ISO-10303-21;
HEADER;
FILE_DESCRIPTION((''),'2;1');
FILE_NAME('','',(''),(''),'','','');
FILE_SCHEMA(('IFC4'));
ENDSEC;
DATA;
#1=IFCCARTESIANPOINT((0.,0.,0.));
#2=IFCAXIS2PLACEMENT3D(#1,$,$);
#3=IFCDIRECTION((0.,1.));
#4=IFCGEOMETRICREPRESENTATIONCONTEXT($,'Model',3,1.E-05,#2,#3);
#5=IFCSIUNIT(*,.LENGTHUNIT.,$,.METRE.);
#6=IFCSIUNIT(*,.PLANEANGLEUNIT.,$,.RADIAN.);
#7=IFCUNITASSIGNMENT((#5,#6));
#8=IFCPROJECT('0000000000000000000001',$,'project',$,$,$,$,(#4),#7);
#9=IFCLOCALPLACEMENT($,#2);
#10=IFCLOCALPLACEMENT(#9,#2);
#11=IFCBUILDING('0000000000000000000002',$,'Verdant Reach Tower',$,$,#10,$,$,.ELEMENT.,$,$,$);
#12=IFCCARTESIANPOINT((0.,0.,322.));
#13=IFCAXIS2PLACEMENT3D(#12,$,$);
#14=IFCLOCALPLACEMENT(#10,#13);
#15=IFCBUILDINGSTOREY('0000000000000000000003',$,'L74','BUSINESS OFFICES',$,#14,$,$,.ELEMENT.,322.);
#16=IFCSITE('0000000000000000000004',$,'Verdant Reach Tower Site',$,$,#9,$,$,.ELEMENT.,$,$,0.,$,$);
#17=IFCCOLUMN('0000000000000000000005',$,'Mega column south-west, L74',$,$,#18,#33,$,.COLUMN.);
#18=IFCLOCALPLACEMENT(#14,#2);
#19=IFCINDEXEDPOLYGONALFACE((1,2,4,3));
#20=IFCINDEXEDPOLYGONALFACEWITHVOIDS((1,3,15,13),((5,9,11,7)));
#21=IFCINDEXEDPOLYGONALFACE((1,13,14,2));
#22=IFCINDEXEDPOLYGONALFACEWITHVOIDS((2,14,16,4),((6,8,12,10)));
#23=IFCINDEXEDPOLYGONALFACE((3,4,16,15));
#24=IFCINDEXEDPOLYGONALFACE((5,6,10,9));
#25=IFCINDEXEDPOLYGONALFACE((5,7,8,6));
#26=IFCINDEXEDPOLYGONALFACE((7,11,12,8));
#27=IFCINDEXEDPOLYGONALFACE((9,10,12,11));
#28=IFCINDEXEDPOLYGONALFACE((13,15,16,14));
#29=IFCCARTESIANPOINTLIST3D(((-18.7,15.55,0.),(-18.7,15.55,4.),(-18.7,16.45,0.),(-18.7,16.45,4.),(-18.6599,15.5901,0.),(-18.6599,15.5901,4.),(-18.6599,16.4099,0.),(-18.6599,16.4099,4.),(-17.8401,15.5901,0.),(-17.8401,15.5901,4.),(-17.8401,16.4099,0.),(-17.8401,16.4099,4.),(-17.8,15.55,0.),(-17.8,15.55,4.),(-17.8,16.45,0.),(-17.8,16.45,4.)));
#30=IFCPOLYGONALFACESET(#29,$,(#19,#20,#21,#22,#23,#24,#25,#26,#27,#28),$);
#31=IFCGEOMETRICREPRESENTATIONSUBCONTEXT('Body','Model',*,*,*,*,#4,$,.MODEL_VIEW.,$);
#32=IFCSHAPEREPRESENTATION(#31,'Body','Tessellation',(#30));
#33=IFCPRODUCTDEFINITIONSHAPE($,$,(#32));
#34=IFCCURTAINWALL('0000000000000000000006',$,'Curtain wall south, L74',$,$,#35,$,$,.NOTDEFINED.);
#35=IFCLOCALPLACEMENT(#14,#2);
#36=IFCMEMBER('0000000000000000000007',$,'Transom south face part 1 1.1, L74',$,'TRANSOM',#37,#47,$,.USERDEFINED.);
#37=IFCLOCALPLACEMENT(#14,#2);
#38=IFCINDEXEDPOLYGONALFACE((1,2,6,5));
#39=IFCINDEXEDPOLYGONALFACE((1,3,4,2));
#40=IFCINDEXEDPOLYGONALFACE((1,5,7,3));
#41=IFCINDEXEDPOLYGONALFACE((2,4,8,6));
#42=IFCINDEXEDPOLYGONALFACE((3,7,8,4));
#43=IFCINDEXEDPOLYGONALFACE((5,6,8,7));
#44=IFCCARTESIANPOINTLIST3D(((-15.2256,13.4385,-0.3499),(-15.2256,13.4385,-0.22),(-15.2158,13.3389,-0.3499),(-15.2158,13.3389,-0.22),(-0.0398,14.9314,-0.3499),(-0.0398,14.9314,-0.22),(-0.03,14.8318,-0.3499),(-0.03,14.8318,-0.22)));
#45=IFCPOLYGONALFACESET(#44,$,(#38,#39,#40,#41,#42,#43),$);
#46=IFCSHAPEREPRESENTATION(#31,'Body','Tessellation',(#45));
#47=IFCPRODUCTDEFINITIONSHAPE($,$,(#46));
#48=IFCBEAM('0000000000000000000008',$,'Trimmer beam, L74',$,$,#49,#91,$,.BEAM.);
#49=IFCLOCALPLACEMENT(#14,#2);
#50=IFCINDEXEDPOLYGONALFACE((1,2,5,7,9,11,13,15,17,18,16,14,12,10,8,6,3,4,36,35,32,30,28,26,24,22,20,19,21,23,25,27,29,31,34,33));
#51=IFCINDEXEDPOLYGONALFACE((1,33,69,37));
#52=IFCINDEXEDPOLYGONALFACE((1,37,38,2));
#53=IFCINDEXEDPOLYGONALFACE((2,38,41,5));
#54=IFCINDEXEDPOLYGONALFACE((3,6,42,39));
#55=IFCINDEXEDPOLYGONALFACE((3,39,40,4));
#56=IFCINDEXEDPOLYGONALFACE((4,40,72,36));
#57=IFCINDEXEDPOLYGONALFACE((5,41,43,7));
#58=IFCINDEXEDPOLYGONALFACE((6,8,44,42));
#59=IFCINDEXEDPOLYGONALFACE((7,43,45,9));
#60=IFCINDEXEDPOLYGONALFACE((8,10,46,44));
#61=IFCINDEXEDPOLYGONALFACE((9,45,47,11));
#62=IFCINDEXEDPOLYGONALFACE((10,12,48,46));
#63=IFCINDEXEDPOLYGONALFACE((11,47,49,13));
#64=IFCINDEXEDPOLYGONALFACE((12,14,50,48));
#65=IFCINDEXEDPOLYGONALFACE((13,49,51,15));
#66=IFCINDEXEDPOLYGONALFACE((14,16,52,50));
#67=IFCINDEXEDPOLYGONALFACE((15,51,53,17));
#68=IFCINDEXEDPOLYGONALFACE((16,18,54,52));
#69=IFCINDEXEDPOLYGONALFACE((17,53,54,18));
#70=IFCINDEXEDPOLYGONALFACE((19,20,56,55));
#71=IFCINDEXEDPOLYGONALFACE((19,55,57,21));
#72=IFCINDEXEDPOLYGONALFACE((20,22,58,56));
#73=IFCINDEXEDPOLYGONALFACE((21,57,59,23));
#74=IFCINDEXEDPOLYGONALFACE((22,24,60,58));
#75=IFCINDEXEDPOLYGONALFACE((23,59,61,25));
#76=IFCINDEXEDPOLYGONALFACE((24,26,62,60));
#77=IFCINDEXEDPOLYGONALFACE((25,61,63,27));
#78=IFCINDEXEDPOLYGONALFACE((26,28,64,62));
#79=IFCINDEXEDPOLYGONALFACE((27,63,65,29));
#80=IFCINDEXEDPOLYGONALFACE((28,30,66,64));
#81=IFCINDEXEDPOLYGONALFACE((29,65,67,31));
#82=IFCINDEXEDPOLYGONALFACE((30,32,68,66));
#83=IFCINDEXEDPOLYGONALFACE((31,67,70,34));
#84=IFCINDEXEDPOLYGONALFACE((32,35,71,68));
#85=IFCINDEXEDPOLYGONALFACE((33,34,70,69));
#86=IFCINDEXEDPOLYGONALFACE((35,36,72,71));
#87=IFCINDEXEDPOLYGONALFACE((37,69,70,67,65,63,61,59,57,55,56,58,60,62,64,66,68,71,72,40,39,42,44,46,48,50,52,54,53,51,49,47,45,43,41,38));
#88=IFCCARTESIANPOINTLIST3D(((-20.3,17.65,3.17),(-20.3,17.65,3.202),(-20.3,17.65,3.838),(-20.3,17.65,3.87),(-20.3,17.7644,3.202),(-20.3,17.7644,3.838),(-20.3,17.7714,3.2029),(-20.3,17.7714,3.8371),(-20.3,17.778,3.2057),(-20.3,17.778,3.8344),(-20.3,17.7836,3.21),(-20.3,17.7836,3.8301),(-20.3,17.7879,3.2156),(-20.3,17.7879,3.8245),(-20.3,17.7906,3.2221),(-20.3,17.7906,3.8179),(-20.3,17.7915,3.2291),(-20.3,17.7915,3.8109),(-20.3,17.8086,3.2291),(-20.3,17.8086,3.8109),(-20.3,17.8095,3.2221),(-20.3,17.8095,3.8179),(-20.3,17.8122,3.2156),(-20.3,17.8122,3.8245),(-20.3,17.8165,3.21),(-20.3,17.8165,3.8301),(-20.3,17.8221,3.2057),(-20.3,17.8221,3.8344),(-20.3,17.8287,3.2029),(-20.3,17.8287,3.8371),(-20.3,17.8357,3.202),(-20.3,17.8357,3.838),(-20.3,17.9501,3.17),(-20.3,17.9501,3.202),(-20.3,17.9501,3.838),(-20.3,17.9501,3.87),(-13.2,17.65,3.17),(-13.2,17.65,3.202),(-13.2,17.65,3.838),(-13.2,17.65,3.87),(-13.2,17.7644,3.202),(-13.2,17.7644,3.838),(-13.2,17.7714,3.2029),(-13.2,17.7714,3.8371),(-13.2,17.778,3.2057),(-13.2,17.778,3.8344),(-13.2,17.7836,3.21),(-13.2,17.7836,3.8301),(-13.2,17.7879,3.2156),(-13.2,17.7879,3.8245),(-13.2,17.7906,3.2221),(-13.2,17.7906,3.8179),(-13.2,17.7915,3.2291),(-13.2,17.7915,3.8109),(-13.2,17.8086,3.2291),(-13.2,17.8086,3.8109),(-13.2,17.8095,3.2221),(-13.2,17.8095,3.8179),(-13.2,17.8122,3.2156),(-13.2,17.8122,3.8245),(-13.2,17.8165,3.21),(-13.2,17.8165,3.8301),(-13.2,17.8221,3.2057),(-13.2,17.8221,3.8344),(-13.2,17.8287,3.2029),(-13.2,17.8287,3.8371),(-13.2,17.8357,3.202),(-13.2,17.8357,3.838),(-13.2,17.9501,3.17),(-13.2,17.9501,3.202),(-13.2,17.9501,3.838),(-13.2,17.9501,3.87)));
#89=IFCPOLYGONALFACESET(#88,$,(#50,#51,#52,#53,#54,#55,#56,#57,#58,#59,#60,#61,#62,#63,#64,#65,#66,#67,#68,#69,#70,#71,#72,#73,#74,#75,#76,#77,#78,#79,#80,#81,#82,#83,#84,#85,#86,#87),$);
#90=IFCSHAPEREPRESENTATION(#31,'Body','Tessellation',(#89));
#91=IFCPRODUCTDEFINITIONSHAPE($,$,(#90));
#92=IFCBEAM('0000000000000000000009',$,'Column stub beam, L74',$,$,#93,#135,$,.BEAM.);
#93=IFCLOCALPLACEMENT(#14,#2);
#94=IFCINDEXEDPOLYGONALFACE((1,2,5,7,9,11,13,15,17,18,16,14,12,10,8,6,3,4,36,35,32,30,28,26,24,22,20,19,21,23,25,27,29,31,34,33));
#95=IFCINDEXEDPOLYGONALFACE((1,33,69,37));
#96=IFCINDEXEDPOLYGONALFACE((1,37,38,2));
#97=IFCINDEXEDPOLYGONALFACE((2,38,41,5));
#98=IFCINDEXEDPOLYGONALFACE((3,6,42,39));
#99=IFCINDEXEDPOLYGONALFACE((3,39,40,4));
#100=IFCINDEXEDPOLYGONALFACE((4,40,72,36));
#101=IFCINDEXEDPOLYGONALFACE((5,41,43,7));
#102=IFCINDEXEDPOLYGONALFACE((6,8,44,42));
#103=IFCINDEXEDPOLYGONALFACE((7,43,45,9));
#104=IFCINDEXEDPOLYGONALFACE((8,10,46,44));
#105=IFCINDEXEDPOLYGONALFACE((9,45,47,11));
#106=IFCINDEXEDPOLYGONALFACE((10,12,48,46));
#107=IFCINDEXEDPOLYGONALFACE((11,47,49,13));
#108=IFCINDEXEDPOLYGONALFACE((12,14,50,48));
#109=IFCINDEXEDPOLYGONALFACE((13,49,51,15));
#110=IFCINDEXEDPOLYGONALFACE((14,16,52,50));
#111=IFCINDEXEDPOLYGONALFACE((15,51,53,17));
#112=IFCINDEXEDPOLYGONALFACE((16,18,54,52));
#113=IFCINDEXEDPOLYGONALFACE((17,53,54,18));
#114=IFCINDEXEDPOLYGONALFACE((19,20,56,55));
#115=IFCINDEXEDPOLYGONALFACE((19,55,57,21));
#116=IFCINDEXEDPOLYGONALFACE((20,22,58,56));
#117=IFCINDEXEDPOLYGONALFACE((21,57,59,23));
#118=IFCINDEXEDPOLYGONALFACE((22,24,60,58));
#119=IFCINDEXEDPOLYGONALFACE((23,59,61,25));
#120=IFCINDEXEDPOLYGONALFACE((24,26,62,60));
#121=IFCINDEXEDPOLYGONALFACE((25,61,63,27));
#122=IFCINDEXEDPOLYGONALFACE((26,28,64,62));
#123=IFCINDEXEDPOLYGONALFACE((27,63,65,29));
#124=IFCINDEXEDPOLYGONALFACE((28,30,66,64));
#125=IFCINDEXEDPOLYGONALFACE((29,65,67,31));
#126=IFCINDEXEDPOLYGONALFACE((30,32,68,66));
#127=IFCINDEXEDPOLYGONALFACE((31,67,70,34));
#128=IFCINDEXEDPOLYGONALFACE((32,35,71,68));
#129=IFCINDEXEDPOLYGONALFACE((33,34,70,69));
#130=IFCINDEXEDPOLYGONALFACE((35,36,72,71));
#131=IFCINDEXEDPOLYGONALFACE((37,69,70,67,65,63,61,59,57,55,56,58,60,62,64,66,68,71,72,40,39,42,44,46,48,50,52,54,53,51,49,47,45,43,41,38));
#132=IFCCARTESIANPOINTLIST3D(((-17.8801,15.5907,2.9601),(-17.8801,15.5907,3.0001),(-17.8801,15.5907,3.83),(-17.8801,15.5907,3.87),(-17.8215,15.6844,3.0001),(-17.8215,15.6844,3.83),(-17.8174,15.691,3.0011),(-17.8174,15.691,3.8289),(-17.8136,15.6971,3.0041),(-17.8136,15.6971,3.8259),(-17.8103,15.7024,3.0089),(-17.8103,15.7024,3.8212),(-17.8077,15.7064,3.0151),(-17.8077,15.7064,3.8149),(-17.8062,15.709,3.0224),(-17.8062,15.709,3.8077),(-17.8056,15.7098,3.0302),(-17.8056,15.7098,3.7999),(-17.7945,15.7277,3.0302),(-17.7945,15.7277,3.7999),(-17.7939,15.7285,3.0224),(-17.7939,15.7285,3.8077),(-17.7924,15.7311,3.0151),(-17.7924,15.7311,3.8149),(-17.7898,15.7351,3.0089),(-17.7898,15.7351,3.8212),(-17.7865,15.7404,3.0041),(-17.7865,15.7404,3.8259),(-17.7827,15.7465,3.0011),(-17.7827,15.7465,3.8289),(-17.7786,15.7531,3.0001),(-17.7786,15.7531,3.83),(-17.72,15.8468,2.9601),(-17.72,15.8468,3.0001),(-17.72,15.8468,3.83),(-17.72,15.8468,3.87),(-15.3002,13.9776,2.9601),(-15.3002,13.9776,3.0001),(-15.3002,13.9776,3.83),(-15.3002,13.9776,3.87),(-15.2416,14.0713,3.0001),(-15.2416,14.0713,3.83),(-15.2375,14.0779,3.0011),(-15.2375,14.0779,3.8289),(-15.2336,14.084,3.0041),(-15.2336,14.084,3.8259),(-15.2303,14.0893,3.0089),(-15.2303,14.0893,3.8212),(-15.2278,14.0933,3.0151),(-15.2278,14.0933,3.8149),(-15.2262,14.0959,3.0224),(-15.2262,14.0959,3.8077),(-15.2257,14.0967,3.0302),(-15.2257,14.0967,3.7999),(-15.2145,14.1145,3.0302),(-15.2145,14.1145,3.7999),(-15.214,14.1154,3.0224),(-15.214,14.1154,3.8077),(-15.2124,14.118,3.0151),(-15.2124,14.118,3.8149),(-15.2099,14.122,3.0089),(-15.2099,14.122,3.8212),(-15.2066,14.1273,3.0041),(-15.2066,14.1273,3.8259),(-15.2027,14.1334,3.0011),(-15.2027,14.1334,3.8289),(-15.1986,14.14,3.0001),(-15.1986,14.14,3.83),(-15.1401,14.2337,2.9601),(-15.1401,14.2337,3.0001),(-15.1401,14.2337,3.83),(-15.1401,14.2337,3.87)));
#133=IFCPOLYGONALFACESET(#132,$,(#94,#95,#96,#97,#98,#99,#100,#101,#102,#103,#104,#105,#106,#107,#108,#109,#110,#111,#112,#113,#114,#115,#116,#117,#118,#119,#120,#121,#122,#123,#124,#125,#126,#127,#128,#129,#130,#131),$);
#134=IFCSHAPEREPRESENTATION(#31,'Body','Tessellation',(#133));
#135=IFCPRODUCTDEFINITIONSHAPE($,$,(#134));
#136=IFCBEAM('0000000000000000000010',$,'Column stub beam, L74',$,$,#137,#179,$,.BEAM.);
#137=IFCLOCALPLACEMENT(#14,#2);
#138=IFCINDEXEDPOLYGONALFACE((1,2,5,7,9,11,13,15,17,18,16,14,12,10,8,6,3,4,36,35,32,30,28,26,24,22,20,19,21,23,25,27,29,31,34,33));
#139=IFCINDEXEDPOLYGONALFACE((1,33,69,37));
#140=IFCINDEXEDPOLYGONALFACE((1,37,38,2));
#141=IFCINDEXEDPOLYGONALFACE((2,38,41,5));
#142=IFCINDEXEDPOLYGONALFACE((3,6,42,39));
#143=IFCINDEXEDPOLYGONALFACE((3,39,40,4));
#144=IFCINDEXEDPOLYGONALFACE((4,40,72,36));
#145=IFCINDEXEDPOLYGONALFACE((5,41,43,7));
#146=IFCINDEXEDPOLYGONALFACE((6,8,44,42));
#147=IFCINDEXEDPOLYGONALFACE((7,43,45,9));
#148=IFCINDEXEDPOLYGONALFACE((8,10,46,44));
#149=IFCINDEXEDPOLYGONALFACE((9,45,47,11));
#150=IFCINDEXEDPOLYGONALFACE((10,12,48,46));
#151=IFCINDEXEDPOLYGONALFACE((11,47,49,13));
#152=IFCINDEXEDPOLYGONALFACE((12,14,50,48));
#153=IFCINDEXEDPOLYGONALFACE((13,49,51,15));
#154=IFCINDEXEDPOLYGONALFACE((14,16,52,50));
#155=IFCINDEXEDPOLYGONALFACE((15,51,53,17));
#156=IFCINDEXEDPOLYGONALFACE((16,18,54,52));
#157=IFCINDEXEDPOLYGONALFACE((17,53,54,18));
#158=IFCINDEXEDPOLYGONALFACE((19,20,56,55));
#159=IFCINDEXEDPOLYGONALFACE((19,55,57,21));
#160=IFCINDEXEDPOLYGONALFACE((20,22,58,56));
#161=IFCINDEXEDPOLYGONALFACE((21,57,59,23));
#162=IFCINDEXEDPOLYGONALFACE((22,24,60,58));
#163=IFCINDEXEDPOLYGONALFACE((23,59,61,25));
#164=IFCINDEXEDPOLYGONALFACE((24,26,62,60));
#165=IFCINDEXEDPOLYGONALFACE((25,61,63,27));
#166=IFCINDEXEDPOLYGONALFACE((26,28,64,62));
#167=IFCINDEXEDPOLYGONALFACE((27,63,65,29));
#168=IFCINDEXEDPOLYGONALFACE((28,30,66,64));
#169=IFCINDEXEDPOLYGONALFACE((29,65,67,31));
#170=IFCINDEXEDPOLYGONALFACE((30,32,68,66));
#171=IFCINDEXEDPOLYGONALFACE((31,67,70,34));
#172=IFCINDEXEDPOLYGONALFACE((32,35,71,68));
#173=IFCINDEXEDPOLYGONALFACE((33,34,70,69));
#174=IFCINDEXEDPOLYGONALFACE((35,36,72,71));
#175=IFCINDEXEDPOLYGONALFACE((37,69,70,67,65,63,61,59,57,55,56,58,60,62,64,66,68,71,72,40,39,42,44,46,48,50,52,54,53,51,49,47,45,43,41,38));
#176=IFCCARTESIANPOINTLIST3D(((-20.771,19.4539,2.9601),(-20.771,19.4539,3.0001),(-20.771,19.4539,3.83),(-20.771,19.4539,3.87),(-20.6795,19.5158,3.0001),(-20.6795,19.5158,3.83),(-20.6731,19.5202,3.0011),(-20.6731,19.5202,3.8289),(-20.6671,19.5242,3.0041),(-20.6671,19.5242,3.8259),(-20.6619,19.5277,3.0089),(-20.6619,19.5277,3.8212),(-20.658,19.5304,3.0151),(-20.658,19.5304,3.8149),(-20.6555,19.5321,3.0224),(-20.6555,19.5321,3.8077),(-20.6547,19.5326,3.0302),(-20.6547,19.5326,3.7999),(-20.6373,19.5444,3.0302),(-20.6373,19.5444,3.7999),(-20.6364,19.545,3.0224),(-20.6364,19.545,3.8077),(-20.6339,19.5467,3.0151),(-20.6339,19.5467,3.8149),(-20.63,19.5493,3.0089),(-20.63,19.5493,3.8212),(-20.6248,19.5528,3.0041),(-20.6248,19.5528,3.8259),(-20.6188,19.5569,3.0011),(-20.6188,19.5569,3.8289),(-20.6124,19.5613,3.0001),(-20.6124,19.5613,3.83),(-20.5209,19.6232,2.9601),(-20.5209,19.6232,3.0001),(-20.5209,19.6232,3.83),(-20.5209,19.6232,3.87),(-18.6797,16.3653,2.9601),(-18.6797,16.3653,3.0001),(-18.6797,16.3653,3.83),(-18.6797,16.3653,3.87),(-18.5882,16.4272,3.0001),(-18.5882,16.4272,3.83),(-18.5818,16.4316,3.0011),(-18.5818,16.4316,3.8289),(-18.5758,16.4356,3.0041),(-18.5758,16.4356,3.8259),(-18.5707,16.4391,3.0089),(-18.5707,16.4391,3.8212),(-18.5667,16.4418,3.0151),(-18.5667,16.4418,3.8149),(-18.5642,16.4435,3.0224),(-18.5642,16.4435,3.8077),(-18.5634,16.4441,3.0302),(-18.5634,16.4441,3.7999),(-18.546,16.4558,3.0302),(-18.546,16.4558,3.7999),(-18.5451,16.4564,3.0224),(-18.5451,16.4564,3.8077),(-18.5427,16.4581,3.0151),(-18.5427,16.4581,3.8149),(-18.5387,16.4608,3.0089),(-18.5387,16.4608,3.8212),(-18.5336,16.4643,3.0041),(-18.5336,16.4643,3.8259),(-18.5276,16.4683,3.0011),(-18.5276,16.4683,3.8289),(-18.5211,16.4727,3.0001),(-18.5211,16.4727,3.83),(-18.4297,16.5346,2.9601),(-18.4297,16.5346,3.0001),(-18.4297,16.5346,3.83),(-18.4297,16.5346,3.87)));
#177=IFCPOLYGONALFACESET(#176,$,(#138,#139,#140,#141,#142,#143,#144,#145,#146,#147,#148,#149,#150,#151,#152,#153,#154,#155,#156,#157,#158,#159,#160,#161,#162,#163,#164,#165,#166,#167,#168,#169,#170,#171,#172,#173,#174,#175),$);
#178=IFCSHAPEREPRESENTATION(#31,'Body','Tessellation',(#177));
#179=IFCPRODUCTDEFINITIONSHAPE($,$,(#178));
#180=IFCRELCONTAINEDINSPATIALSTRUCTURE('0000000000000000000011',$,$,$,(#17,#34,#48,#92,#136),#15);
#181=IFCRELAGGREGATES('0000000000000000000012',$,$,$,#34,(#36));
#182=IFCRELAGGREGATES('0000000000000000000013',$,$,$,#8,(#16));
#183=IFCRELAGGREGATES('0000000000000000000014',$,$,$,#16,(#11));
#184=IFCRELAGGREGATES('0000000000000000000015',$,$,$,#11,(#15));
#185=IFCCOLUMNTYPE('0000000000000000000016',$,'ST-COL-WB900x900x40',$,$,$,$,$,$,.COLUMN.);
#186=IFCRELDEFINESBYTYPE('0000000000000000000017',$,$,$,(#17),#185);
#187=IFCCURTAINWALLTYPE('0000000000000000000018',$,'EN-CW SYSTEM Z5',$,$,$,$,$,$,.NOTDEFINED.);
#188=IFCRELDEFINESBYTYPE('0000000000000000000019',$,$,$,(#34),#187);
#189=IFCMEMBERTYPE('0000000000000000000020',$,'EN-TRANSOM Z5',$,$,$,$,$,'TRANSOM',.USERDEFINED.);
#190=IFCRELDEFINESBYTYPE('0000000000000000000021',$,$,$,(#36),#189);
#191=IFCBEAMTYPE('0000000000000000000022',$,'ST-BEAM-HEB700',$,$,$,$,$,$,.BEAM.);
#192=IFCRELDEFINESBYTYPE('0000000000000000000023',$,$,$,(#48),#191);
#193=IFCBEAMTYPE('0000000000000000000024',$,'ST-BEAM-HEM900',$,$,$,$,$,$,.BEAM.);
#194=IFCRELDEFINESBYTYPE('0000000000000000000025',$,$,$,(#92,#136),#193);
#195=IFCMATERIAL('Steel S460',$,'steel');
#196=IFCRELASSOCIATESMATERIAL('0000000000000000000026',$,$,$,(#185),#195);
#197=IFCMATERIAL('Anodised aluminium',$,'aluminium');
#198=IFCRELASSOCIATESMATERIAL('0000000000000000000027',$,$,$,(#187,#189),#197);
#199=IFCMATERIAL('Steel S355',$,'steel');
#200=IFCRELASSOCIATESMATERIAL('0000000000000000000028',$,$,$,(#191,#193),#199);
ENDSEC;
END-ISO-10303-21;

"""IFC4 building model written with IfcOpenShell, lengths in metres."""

from ifc_helpers import new_model, si_unit, direction, frame, origin, origin_2d, place, context, subcontext, project, spatial, rectangle, hollow_rectangle, i_section, extrude, material, material_profile, profile_set, type_object, element, aggregate, save


model = new_model("IFC4")

# Units and contexts
model_context = context("Model", 3, precision=1e-05, world=origin(), true_north=direction((0.0, 1.0)))
body_context = subcontext(model_context, "Body", "Model", "MODEL_VIEW")
ifc_project = project(units=[si_unit("LENGTHUNIT", "METRE"), si_unit("PLANEANGLEUNIT", "RADIAN")], contexts=[model_context])

# Site, building, storey
site_placement = place(None, origin())
site = spatial("IfcSite", under=ifc_project, at=site_placement, Name="Verdant Reach Tower Site", CompositionType="ELEMENT", RefElevation=0.0)
building_placement = place(site_placement, origin())
building = spatial("IfcBuilding", under=site, at=building_placement, Name="Verdant Reach Tower", CompositionType="ELEMENT")
storey_placement = place(building_placement, frame((0.0, 0.0, 322.0)))
storey = spatial("IfcBuildingStorey", under=building, at=storey_placement, Name="L74", Description="BUSINESS OFFICES", CompositionType="ELEMENT", Elevation=322.0)

# Column
ifc_material_1 = material(Name="Steel S460", Category="steel")
ifc_material_profile_1 = material_profile(ifc_material_1, hollow_rectangle(XDim=0.8999, YDim=0.8999, WallThickness=0.04, at=origin_2d()), Name="WB 900x900x40")
ifc_profile_set_1 = profile_set([ifc_material_profile_1], Name="Steel S460")
column_type = type_object("IfcColumnType", Name="ST-COL-WB900x900x40", PredefinedType="COLUMN", material=ifc_profile_set_1)
column_placement = place(storey_placement, frame((-18.25, 16.0, 0.0), z_axis=(0.0, 0.0, 1.0), x_axis=(1.0, 0.0, 0.0)))
element("IfcColumn", 1, at=column_placement, inside=storey, type_object=column_type, Name="Mega column south-west, L74", PredefinedType="COLUMN", context=body_context, shape_type="SweptSolid", body=[
    extrude(hollow_rectangle(XDim=0.8999, YDim=0.8999, WallThickness=0.04, at=origin_2d()), origin(), (0.0, 0.0, 1.0), 4.0),
])

# Curtain wall, member
ifc_material_2 = material(Name="Anodised aluminium", Category="aluminium")
curtain_wall_type = type_object("IfcCurtainWallType", Name="EN-CW SYSTEM Z5", PredefinedType="NOTDEFINED", material=ifc_material_2)
curtain_wall_1_placement = place(storey_placement, origin())
curtain_wall_1 = element("IfcCurtainWall", 2, at=curtain_wall_1_placement, inside=storey, type_object=curtain_wall_type, Name="Curtain wall south, L74", PredefinedType="NOTDEFINED")
ifc_material_profile_2 = material_profile(ifc_material_2, rectangle(XDim=0.1001, YDim=0.1299, at=origin_2d()), Name="Transom 130x100")
ifc_profile_set_2 = profile_set([ifc_material_profile_2], Name="Anodised aluminium")
member_type = type_object("IfcMemberType", Name="EN-TRANSOM Z5", ElementType="TRANSOM", PredefinedType="USERDEFINED", material=ifc_profile_set_2)
member_placement = place(storey_placement, frame((-15.2207, 13.3887, -0.2849), z_axis=(0.995202, 0.097839, 0.0), x_axis=(-0.097839, 0.995202, 0.0)))
member = element("IfcMember", 3, at=member_placement, type_object=member_type, Name="Transom south face part 1 1.1, L74", ObjectType="TRANSOM", PredefinedType="USERDEFINED", context=body_context, shape_type="SweptSolid", body=[
    extrude(rectangle(XDim=0.1001, YDim=0.1299, at=origin_2d()), origin(), (0.0, 0.0, 1.0), 15.259),
])

# Beams
ifc_material_3 = material(Name="Steel S355", Category="steel")
ifc_material_profile_3 = material_profile(ifc_material_3, i_section(OverallWidth=0.3, OverallDepth=0.7, WebThickness=0.0171, FlangeThickness=0.032, FilletRadius=0.0271, at=origin_2d()), Name="HEB 700")
ifc_profile_set_3 = profile_set([ifc_material_profile_3], Name="Steel S355")
beam_type_1 = type_object("IfcBeamType", Name="ST-BEAM-HEB700", PredefinedType="BEAM", material=ifc_profile_set_3)
beam_1_placement = place(storey_placement, frame((-13.2, 17.8, 3.52), z_axis=(-1.0, 0.0, 0.0), x_axis=(0.0, -1.0, 0.0)))
element("IfcBeam", 4, at=beam_1_placement, inside=storey, type_object=beam_type_1, Name="Trimmer beam, L74", PredefinedType="BEAM", context=body_context, shape_type="SweptSolid", body=[
    extrude(i_section(OverallWidth=0.3, OverallDepth=0.7, WebThickness=0.0171, FlangeThickness=0.032, FilletRadius=0.0271, at=origin_2d()), origin(), (0.0, 0.0, 1.0), 7.1001),
])
ifc_material_profile_4 = material_profile(ifc_material_3, i_section(OverallWidth=0.302, OverallDepth=0.9099, WebThickness=0.021, FlangeThickness=0.04, FilletRadius=0.03, at=origin_2d()), Name="HEM 900")
ifc_profile_set_4 = profile_set([ifc_material_profile_4], Name="Steel S355")
beam_type_2 = type_object("IfcBeamType", Name="ST-BEAM-HEM900", PredefinedType="BEAM", material=ifc_profile_set_4)
beam_2_placement = place(storey_placement, frame((-17.8, 15.7188, 3.415), z_axis=(0.847904, -0.53015, 0.0), x_axis=(0.53015, 0.847904, 0.0)))
element("IfcBeam", 5, at=beam_2_placement, inside=storey, type_object=beam_type_2, Name="Column stub beam, L74", PredefinedType="BEAM", context=body_context, shape_type="SweptSolid", body=[
    extrude(i_section(OverallWidth=0.302, OverallDepth=0.9099, WebThickness=0.021, FlangeThickness=0.04, FilletRadius=0.03, at=origin_2d()), origin(), (0.0, 0.0, 1.0), 3.0427),
])
beam_3_placement = place(storey_placement, frame((-18.5547, 16.45, 3.415), z_axis=(-0.560667, 0.828041, 0.0), x_axis=(-0.828041, -0.560667, 0.0)))
element("IfcBeam", 6, at=beam_3_placement, inside=storey, type_object=beam_type_2, Name="Column stub beam, L74", PredefinedType="BEAM", context=body_context, shape_type="SweptSolid", body=[
    extrude(i_section(OverallWidth=0.302, OverallDepth=0.9099, WebThickness=0.021, FlangeThickness=0.04, FilletRadius=0.03, at=origin_2d()), origin(), (0.0, 0.0, 1.0), 3.73),
])

aggregate(curtain_wall_1, [member])

save(model, "model.ifc")
